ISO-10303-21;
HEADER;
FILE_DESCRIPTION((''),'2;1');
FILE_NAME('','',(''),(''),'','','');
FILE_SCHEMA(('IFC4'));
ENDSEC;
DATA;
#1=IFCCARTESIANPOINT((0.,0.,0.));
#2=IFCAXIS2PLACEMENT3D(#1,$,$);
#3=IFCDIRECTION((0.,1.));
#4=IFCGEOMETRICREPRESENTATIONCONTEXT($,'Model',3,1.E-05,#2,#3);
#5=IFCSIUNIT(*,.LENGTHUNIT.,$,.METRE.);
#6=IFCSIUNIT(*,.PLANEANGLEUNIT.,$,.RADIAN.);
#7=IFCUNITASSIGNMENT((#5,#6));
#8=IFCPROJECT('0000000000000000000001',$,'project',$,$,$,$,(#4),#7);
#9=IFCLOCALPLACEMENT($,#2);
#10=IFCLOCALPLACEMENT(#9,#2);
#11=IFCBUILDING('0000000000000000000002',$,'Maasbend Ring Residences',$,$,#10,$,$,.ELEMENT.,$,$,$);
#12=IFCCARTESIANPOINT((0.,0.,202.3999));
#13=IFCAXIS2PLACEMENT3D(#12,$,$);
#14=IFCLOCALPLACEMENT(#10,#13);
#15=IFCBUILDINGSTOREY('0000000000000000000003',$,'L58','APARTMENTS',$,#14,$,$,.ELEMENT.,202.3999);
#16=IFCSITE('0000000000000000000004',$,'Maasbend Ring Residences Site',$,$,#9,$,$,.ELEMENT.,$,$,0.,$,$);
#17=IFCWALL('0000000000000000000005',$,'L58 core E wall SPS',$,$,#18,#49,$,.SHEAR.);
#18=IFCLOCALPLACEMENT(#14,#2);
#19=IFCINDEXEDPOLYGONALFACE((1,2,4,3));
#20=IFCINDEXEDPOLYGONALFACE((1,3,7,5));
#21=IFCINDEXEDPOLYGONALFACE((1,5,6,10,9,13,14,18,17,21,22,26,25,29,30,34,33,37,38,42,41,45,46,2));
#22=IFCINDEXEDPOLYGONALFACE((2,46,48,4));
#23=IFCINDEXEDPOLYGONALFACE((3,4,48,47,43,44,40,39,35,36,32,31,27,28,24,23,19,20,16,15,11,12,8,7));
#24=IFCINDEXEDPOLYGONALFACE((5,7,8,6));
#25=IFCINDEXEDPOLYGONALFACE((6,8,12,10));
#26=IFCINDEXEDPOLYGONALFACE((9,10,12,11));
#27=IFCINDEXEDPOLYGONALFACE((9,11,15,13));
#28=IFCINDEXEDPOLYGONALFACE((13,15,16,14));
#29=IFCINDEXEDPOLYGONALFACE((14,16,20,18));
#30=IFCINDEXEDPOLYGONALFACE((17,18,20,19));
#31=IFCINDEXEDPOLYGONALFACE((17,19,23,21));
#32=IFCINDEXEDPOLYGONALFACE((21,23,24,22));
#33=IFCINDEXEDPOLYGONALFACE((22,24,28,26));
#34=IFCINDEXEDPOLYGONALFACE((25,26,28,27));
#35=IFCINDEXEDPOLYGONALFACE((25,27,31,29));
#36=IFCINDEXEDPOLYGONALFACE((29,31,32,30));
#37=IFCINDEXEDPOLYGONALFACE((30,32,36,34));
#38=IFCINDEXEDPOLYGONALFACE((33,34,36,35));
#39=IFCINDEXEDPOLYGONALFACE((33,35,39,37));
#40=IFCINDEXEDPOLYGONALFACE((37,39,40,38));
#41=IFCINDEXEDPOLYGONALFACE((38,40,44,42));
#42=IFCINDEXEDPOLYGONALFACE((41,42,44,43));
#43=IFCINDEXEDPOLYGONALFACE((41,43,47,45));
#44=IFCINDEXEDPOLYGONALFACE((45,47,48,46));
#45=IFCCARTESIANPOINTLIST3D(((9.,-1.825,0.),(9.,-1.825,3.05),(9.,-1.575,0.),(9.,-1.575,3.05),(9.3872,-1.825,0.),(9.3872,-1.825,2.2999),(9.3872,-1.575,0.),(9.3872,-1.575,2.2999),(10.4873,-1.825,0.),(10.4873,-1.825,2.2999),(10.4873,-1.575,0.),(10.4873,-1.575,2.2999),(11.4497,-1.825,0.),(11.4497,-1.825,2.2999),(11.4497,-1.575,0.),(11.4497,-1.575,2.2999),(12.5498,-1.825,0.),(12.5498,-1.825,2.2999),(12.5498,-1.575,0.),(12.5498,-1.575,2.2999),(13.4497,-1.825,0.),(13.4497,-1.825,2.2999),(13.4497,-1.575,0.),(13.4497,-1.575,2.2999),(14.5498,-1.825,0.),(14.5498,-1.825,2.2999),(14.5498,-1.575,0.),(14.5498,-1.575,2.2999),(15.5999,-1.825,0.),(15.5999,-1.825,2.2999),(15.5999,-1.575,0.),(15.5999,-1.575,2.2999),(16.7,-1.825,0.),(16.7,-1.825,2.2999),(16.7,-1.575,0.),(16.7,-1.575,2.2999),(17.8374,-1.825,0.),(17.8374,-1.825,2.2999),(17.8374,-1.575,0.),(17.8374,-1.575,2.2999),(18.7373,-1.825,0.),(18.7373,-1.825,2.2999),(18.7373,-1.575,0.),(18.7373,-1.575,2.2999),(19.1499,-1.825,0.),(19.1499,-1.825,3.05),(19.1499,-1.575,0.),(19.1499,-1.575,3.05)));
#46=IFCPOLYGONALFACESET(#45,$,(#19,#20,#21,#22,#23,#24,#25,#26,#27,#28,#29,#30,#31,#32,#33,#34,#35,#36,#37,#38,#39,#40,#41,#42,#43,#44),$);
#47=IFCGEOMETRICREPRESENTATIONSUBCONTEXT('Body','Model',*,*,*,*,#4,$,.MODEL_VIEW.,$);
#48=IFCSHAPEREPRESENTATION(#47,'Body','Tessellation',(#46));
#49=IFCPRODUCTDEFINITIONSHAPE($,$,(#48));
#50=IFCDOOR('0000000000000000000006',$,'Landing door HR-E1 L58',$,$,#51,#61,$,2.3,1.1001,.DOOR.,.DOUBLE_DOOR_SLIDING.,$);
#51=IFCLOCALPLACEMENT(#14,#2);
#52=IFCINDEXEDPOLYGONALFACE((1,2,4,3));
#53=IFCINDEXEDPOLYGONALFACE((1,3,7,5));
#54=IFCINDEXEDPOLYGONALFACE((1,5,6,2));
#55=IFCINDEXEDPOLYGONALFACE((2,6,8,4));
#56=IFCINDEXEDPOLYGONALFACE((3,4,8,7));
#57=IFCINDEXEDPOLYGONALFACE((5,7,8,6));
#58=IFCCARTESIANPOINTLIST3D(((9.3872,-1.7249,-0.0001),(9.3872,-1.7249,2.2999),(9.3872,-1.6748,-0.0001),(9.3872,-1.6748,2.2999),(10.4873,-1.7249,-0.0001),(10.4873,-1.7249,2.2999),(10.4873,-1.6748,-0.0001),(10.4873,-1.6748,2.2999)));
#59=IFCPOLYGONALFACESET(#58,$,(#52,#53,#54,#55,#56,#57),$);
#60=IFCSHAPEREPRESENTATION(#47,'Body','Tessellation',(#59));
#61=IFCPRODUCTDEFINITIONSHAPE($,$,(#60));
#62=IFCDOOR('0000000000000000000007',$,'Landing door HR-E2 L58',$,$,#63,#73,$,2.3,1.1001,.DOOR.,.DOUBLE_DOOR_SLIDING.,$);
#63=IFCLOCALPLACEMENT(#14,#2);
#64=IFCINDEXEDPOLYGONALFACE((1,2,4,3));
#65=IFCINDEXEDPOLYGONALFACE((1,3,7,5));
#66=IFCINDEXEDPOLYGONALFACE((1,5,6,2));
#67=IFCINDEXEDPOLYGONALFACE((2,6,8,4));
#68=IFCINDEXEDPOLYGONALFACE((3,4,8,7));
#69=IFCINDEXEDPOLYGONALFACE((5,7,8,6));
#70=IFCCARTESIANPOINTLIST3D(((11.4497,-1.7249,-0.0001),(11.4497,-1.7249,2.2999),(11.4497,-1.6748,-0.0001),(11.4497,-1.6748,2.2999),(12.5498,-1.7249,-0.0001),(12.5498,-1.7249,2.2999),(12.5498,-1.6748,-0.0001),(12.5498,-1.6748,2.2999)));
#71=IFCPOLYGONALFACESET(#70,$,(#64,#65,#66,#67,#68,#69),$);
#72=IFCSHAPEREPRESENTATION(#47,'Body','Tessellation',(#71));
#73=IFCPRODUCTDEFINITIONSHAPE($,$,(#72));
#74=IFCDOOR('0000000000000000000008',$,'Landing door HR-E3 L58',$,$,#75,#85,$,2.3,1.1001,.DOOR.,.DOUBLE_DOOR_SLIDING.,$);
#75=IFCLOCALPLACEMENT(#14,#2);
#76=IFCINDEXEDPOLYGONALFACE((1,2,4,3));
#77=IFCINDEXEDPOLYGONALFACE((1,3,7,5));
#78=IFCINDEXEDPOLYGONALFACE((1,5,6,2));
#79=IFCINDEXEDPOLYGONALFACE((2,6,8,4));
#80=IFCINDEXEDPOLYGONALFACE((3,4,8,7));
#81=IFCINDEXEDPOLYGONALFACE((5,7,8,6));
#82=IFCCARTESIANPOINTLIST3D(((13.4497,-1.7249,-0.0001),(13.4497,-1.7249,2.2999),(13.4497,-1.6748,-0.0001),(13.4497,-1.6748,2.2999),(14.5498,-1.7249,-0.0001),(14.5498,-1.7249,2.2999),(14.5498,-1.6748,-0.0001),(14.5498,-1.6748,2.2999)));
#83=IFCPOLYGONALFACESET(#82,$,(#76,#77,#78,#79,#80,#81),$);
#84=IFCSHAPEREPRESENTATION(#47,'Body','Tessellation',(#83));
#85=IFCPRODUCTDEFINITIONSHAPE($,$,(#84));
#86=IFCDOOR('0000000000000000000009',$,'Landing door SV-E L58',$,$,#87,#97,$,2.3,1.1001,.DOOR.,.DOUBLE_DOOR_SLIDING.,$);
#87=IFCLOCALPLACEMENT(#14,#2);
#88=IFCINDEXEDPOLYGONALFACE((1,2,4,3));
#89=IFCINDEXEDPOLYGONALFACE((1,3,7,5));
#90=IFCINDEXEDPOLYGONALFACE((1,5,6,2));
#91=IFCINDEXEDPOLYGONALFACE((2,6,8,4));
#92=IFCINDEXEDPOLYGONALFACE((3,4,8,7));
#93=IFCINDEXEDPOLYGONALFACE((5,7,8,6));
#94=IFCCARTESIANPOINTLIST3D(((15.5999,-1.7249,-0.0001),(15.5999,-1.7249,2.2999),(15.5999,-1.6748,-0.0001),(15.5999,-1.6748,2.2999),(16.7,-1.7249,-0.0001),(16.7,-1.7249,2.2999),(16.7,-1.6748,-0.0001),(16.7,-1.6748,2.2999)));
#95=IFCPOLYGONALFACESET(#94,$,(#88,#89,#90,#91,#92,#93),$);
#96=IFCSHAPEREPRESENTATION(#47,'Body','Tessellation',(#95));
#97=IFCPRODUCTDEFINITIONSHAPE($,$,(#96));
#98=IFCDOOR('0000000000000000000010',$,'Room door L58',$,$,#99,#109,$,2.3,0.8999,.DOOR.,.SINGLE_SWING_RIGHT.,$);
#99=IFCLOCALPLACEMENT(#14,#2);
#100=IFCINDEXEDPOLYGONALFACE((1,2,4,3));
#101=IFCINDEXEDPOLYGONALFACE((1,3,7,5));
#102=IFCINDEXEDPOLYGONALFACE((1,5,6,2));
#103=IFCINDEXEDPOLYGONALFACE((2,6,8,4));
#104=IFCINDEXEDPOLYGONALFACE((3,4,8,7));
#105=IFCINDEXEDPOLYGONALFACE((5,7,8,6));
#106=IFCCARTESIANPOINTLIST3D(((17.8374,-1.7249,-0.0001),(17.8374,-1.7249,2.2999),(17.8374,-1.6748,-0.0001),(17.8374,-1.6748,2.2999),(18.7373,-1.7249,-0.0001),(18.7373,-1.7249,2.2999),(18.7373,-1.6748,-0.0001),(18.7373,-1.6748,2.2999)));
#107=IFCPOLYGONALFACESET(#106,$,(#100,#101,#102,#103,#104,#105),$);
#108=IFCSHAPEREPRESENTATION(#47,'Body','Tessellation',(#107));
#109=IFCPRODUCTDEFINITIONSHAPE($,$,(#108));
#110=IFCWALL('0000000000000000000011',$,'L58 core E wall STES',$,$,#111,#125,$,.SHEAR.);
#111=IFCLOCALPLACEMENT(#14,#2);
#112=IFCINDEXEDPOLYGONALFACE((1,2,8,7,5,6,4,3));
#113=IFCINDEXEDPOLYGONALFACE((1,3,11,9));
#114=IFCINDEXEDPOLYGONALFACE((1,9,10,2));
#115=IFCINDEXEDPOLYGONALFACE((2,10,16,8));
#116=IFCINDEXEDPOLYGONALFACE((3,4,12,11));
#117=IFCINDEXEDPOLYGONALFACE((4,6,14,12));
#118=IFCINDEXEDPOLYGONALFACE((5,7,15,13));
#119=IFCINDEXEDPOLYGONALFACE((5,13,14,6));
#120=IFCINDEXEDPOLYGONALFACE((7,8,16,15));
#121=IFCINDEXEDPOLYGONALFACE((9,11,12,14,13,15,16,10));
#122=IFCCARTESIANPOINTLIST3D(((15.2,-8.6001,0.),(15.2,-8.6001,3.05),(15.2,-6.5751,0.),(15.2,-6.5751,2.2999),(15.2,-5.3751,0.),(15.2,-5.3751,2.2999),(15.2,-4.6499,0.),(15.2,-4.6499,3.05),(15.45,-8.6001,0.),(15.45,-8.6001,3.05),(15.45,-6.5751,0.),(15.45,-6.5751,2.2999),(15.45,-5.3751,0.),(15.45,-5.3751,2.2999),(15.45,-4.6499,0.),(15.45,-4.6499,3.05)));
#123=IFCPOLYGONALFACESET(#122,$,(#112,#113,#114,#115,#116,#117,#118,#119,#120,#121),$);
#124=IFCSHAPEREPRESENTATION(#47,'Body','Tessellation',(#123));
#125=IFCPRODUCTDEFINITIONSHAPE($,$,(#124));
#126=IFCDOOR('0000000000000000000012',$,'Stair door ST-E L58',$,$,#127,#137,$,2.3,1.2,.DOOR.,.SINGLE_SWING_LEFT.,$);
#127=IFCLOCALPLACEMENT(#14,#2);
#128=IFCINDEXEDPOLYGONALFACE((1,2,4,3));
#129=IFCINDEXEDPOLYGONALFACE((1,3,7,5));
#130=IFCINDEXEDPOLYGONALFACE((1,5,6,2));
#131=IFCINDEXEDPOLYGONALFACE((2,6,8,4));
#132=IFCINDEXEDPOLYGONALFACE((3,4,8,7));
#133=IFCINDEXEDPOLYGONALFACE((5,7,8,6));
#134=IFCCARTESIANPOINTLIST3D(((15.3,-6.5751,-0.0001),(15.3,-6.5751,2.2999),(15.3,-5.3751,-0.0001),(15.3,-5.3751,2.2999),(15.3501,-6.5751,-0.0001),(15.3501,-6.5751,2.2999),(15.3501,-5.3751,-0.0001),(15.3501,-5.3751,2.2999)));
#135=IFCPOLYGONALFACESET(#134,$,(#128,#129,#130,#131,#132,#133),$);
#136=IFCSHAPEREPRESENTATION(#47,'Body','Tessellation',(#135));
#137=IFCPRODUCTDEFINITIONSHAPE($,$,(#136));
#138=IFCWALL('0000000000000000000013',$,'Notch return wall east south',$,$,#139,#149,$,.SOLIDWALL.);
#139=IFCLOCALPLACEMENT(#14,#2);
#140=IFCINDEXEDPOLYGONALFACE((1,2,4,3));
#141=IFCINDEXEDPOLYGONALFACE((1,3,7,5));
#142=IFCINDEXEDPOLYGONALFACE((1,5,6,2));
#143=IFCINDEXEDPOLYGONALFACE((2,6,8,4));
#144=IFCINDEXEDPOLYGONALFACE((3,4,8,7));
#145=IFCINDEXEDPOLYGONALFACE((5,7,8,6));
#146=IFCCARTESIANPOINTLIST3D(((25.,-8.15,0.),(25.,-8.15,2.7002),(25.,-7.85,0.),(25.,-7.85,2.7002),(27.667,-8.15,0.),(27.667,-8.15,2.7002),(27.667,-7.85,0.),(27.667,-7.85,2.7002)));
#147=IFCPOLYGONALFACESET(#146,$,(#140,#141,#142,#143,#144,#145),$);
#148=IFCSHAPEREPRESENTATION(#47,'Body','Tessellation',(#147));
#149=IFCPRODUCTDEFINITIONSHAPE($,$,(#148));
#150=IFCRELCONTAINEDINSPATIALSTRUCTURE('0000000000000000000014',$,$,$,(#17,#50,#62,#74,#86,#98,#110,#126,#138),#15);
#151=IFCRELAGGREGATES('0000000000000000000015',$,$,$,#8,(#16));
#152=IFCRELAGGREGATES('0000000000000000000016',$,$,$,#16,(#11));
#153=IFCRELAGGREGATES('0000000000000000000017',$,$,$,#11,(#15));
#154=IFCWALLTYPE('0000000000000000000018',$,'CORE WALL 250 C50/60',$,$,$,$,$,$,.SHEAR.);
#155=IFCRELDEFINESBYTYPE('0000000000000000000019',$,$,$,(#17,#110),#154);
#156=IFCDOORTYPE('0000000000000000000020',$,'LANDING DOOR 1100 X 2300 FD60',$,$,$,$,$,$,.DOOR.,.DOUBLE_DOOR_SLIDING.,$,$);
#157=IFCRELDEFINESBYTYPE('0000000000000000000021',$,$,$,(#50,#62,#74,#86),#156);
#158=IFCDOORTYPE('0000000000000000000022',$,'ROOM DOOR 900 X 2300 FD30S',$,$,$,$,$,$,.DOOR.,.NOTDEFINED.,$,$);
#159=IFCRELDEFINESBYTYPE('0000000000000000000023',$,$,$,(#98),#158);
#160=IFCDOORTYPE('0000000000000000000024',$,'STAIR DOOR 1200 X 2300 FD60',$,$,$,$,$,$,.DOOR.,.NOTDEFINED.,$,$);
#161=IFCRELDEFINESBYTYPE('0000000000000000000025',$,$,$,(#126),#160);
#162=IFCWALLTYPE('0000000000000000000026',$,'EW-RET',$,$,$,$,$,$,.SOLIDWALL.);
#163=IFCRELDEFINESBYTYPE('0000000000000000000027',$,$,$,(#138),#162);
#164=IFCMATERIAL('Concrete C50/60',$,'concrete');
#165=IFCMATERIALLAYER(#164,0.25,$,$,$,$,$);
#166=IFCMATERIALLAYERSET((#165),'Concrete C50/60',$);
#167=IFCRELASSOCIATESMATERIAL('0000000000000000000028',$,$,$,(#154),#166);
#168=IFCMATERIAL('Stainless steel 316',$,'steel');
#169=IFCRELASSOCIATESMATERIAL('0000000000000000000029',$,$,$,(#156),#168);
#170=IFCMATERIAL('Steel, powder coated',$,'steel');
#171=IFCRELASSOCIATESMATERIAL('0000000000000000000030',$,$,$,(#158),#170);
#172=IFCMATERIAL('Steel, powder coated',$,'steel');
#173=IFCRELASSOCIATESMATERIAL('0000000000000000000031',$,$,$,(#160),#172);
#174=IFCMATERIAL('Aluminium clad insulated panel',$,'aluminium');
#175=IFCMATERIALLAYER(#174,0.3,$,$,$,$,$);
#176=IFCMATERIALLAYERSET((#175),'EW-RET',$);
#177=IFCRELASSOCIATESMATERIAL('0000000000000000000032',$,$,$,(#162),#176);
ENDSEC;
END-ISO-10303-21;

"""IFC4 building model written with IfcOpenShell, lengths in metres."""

from ifc_helpers import new_model, si_unit, direction, frame, frame_2d, origin, place, context, subcontext, project, spatial, rectangle, extrude, material, layer, layer_set, type_object, element, fill, save


model = new_model("IFC4")

# Units and contexts
model_context = context("Model", 3, precision=1e-05, world=origin(), true_north=direction((0.0, 1.0)))
body_context = subcontext(model_context, "Body", "Model", "MODEL_VIEW")
ifc_project = project(units=[si_unit("LENGTHUNIT", "METRE"), si_unit("PLANEANGLEUNIT", "RADIAN")], contexts=[model_context])

# Site, building, storey
site_placement = place(None, origin())
site = spatial("IfcSite", under=ifc_project, at=site_placement, Name="Maasbend Ring Residences Site", CompositionType="ELEMENT", RefElevation=0.0)
building_placement = place(site_placement, origin())
building = spatial("IfcBuilding", under=site, at=building_placement, Name="Maasbend Ring Residences", CompositionType="ELEMENT")
storey_placement = place(building_placement, frame((0.0, 0.0, 202.3999)))
storey = spatial("IfcBuildingStorey", under=building, at=storey_placement, Name="L58", Description="APARTMENTS", CompositionType="ELEMENT", Elevation=202.3999)

# Wall, openings, doors
ifc_material_1 = material(Name="Concrete C50/60", Category="concrete")
ifc_layer_1 = layer(ifc_material_1, 0.25)
ifc_layer_set_1 = layer_set([ifc_layer_1], Name="Concrete C50/60")
wall_type_1 = type_object("IfcWallType", Name="CORE WALL 250 C50/60", PredefinedType="SHEAR", material=ifc_layer_set_1)
wall_1_placement = place(storey_placement, frame((19.1499, -1.7, 0.0), z_axis=(0.0, 0.0, 1.0), x_axis=(-1.0, 0.0, 0.0)))
wall_1 = element("IfcWall", 1, at=wall_1_placement, inside=storey, type_object=wall_type_1, Name="L58 core E wall SPS", PredefinedType="SHEAR", context=body_context, shape_type="SweptSolid", body=[
    extrude(rectangle(XDim=10.1499, YDim=0.25, at=frame_2d((5.075, 0.0))), origin(), (0.0, 0.0, 1.0), 3.05),
])
opening_1_placement = place(wall_1_placement, frame((8.6626, 0.0, 0.0)))
opening_1 = element("IfcOpeningElement", 2, at=opening_1_placement, cuts=wall_1, PredefinedType="OPENING", context=body_context, shape_type="SweptSolid", body=[
    extrude(rectangle(XDim=1.1001, YDim=2.3, at=frame_2d((0.55, 1.1499))), frame((0.0, 0.135, 0.0), z_axis=(0.0, -1.0, 0.0), x_axis=(1.0, 0.0, 0.0)), (0.0, 0.0, 1.0), 0.27),
])
opening_2_placement = place(wall_1_placement, frame((6.6001, 0.0, 0.0)))
opening_2 = element("IfcOpeningElement", 3, at=opening_2_placement, cuts=wall_1, PredefinedType="OPENING", context=body_context, shape_type="SweptSolid", body=[
    extrude(rectangle(XDim=1.1001, YDim=2.3, at=frame_2d((0.55, 1.1499))), frame((0.0, 0.135, 0.0), z_axis=(0.0, -1.0, 0.0), x_axis=(1.0, 0.0, 0.0)), (0.0, 0.0, 1.0), 0.27),
])
opening_3_placement = place(wall_1_placement, frame((4.6001, 0.0, 0.0)))
opening_3 = element("IfcOpeningElement", 4, at=opening_3_placement, cuts=wall_1, PredefinedType="OPENING", context=body_context, shape_type="SweptSolid", body=[
    extrude(rectangle(XDim=1.1001, YDim=2.3, at=frame_2d((0.55, 1.1499))), frame((0.0, 0.135, 0.0), z_axis=(0.0, -1.0, 0.0), x_axis=(1.0, 0.0, 0.0)), (0.0, 0.0, 1.0), 0.27),
])
opening_4_placement = place(wall_1_placement, frame((2.45, 0.0, 0.0)))
opening_4 = element("IfcOpeningElement", 5, at=opening_4_placement, cuts=wall_1, PredefinedType="OPENING", context=body_context, shape_type="SweptSolid", body=[
    extrude(rectangle(XDim=1.1001, YDim=2.3, at=frame_2d((0.55, 1.1499))), frame((0.0, 0.135, 0.0), z_axis=(0.0, -1.0, 0.0), x_axis=(1.0, 0.0, 0.0)), (0.0, 0.0, 1.0), 0.27),
])
opening_5_placement = place(wall_1_placement, frame((0.4126, 0.0, 0.0)))
opening_5 = element("IfcOpeningElement", 6, at=opening_5_placement, cuts=wall_1, PredefinedType="OPENING", context=body_context, shape_type="SweptSolid", body=[
    extrude(rectangle(XDim=0.8999, YDim=2.3, at=frame_2d((0.45, 1.1499))), frame((0.0, 0.135, 0.0), z_axis=(0.0, -1.0, 0.0), x_axis=(1.0, 0.0, 0.0)), (0.0, 0.0, 1.0), 0.27),
])
ifc_material_2 = material(Name="Stainless steel 316", Category="steel")
door_type_1 = type_object("IfcDoorType", Name="LANDING DOOR 1100 X 2300 FD60", OperationType="DOUBLE_DOOR_SLIDING", PredefinedType="DOOR", material=ifc_material_2)
door_1_placement = place(opening_1_placement, origin())
door_1 = element("IfcDoor", 7, at=door_1_placement, inside=storey, type_object=door_type_1, Name="Landing door HR-E1 L58", OperationType="DOUBLE_DOOR_SLIDING", OverallHeight=2.3, OverallWidth=1.1001, PredefinedType="DOOR", context=body_context, shape_type="SweptSolid", body=[
    extrude(rectangle(XDim=1.1001, YDim=2.3, at=frame_2d((0.55, 1.1499))), frame((0.0, 0.0249, 0.0), z_axis=(0.0, -1.0, 0.0), x_axis=(1.0, 0.0, 0.0)), (0.0, 0.0, 1.0), 0.05),
])
fill(opening_1, door_1)
door_2_placement = place(opening_2_placement, origin())
door_2 = element("IfcDoor", 8, at=door_2_placement, inside=storey, type_object=door_type_1, Name="Landing door HR-E2 L58", OperationType="DOUBLE_DOOR_SLIDING", OverallHeight=2.3, OverallWidth=1.1001, PredefinedType="DOOR", context=body_context, shape_type="SweptSolid", body=[
    extrude(rectangle(XDim=1.1001, YDim=2.3, at=frame_2d((0.55, 1.1499))), frame((0.0, 0.0249, 0.0), z_axis=(0.0, -1.0, 0.0), x_axis=(1.0, 0.0, 0.0)), (0.0, 0.0, 1.0), 0.05),
])
fill(opening_2, door_2)
door_3_placement = place(opening_3_placement, origin())
door_3 = element("IfcDoor", 9, at=door_3_placement, inside=storey, type_object=door_type_1, Name="Landing door HR-E3 L58", OperationType="DOUBLE_DOOR_SLIDING", OverallHeight=2.3, OverallWidth=1.1001, PredefinedType="DOOR", context=body_context, shape_type="SweptSolid", body=[
    extrude(rectangle(XDim=1.1001, YDim=2.3, at=frame_2d((0.55, 1.1499))), frame((0.0, 0.0249, 0.0), z_axis=(0.0, -1.0, 0.0), x_axis=(1.0, 0.0, 0.0)), (0.0, 0.0, 1.0), 0.05),
])
fill(opening_3, door_3)
door_4_placement = place(opening_4_placement, origin())
door_4 = element("IfcDoor", 10, at=door_4_placement, inside=storey, type_object=door_type_1, Name="Landing door SV-E L58", OperationType="DOUBLE_DOOR_SLIDING", OverallHeight=2.3, OverallWidth=1.1001, PredefinedType="DOOR", context=body_context, shape_type="SweptSolid", body=[
    extrude(rectangle(XDim=1.1001, YDim=2.3, at=frame_2d((0.55, 1.1499))), frame((0.0, 0.0249, 0.0), z_axis=(0.0, -1.0, 0.0), x_axis=(1.0, 0.0, 0.0)), (0.0, 0.0, 1.0), 0.05),
])
fill(opening_4, door_4)
ifc_material_3 = material(Name="Steel, powder coated", Category="steel")
door_type_2 = type_object("IfcDoorType", Name="ROOM DOOR 900 X 2300 FD30S", OperationType="NOTDEFINED", PredefinedType="DOOR", material=ifc_material_3)
door_5_placement = place(opening_5_placement, origin())
door_5 = element("IfcDoor", 11, at=door_5_placement, inside=storey, type_object=door_type_2, Name="Room door L58", OperationType="SINGLE_SWING_RIGHT", OverallHeight=2.3, OverallWidth=0.8999, PredefinedType="DOOR", context=body_context, shape_type="SweptSolid", body=[
    extrude(rectangle(XDim=0.8999, YDim=2.3, at=frame_2d((0.45, 1.1499))), frame((0.0, 0.0249, 0.0), z_axis=(0.0, -1.0, 0.0), x_axis=(1.0, 0.0, 0.0)), (0.0, 0.0, 1.0), 0.05),
])
fill(opening_5, door_5)

# Wall, opening, door
wall_2_placement = place(storey_placement, frame((15.325, -8.6001, 0.0), z_axis=(0.0, 0.0, 1.0), x_axis=(0.0, 1.0, 0.0)))
wall_2 = element("IfcWall", 12, at=wall_2_placement, inside=storey, type_object=wall_type_1, Name="L58 core E wall STES", PredefinedType="SHEAR", context=body_context, shape_type="SweptSolid", body=[
    extrude(rectangle(XDim=3.9502, YDim=0.25, at=frame_2d((1.9751, 0.0))), origin(), (0.0, 0.0, 1.0), 3.05),
])
opening_6_placement = place(wall_2_placement, frame((2.0249, 0.0, 0.0)))
opening_6 = element("IfcOpeningElement", 13, at=opening_6_placement, cuts=wall_2, PredefinedType="OPENING", context=body_context, shape_type="SweptSolid", body=[
    extrude(rectangle(XDim=1.2, YDim=2.3, at=frame_2d((0.6001, 1.1499))), frame((0.0, 0.135, 0.0), z_axis=(0.0, -1.0, 0.0), x_axis=(1.0, 0.0, 0.0)), (0.0, 0.0, 1.0), 0.27),
])
ifc_material_4 = material(Name="Steel, powder coated", Category="steel")
door_type_3 = type_object("IfcDoorType", Name="STAIR DOOR 1200 X 2300 FD60", OperationType="NOTDEFINED", PredefinedType="DOOR", material=ifc_material_4)
door_6_placement = place(opening_6_placement, origin())
door_6 = element("IfcDoor", 14, at=door_6_placement, inside=storey, type_object=door_type_3, Name="Stair door ST-E L58", OperationType="SINGLE_SWING_LEFT", OverallHeight=2.3, OverallWidth=1.2, PredefinedType="DOOR", context=body_context, shape_type="SweptSolid", body=[
    extrude(rectangle(XDim=1.2, YDim=2.3, at=frame_2d((0.6001, 1.1499))), frame((0.0, 0.0249, 0.0), z_axis=(0.0, -1.0, 0.0), x_axis=(1.0, 0.0, 0.0)), (0.0, 0.0, 1.0), 0.05),
])
fill(opening_6, door_6)

# Wall
ifc_material_5 = material(Name="Aluminium clad insulated panel", Category="aluminium")
ifc_layer_2 = layer(ifc_material_5, 0.3)
ifc_layer_set_2 = layer_set([ifc_layer_2], Name="EW-RET")
wall_type_2 = type_object("IfcWallType", Name="EW-RET", PredefinedType="SOLIDWALL", material=ifc_layer_set_2)
wall_3_placement = place(storey_placement, frame((25.0, -8.0, 0.0), z_axis=(0.0, 0.0, 1.0), x_axis=(1.0, 0.0, 0.0)))
element("IfcWall", 15, at=wall_3_placement, inside=storey, type_object=wall_type_2, Name="Notch return wall east south", PredefinedType="SOLIDWALL", context=body_context, shape_type="SweptSolid", body=[
    extrude(rectangle(XDim=2.667, YDim=0.3, at=frame_2d((1.3335, 0.0))), origin(), (0.0, 0.0, 1.0), 2.7002),
])

save(model, "model.ifc")
